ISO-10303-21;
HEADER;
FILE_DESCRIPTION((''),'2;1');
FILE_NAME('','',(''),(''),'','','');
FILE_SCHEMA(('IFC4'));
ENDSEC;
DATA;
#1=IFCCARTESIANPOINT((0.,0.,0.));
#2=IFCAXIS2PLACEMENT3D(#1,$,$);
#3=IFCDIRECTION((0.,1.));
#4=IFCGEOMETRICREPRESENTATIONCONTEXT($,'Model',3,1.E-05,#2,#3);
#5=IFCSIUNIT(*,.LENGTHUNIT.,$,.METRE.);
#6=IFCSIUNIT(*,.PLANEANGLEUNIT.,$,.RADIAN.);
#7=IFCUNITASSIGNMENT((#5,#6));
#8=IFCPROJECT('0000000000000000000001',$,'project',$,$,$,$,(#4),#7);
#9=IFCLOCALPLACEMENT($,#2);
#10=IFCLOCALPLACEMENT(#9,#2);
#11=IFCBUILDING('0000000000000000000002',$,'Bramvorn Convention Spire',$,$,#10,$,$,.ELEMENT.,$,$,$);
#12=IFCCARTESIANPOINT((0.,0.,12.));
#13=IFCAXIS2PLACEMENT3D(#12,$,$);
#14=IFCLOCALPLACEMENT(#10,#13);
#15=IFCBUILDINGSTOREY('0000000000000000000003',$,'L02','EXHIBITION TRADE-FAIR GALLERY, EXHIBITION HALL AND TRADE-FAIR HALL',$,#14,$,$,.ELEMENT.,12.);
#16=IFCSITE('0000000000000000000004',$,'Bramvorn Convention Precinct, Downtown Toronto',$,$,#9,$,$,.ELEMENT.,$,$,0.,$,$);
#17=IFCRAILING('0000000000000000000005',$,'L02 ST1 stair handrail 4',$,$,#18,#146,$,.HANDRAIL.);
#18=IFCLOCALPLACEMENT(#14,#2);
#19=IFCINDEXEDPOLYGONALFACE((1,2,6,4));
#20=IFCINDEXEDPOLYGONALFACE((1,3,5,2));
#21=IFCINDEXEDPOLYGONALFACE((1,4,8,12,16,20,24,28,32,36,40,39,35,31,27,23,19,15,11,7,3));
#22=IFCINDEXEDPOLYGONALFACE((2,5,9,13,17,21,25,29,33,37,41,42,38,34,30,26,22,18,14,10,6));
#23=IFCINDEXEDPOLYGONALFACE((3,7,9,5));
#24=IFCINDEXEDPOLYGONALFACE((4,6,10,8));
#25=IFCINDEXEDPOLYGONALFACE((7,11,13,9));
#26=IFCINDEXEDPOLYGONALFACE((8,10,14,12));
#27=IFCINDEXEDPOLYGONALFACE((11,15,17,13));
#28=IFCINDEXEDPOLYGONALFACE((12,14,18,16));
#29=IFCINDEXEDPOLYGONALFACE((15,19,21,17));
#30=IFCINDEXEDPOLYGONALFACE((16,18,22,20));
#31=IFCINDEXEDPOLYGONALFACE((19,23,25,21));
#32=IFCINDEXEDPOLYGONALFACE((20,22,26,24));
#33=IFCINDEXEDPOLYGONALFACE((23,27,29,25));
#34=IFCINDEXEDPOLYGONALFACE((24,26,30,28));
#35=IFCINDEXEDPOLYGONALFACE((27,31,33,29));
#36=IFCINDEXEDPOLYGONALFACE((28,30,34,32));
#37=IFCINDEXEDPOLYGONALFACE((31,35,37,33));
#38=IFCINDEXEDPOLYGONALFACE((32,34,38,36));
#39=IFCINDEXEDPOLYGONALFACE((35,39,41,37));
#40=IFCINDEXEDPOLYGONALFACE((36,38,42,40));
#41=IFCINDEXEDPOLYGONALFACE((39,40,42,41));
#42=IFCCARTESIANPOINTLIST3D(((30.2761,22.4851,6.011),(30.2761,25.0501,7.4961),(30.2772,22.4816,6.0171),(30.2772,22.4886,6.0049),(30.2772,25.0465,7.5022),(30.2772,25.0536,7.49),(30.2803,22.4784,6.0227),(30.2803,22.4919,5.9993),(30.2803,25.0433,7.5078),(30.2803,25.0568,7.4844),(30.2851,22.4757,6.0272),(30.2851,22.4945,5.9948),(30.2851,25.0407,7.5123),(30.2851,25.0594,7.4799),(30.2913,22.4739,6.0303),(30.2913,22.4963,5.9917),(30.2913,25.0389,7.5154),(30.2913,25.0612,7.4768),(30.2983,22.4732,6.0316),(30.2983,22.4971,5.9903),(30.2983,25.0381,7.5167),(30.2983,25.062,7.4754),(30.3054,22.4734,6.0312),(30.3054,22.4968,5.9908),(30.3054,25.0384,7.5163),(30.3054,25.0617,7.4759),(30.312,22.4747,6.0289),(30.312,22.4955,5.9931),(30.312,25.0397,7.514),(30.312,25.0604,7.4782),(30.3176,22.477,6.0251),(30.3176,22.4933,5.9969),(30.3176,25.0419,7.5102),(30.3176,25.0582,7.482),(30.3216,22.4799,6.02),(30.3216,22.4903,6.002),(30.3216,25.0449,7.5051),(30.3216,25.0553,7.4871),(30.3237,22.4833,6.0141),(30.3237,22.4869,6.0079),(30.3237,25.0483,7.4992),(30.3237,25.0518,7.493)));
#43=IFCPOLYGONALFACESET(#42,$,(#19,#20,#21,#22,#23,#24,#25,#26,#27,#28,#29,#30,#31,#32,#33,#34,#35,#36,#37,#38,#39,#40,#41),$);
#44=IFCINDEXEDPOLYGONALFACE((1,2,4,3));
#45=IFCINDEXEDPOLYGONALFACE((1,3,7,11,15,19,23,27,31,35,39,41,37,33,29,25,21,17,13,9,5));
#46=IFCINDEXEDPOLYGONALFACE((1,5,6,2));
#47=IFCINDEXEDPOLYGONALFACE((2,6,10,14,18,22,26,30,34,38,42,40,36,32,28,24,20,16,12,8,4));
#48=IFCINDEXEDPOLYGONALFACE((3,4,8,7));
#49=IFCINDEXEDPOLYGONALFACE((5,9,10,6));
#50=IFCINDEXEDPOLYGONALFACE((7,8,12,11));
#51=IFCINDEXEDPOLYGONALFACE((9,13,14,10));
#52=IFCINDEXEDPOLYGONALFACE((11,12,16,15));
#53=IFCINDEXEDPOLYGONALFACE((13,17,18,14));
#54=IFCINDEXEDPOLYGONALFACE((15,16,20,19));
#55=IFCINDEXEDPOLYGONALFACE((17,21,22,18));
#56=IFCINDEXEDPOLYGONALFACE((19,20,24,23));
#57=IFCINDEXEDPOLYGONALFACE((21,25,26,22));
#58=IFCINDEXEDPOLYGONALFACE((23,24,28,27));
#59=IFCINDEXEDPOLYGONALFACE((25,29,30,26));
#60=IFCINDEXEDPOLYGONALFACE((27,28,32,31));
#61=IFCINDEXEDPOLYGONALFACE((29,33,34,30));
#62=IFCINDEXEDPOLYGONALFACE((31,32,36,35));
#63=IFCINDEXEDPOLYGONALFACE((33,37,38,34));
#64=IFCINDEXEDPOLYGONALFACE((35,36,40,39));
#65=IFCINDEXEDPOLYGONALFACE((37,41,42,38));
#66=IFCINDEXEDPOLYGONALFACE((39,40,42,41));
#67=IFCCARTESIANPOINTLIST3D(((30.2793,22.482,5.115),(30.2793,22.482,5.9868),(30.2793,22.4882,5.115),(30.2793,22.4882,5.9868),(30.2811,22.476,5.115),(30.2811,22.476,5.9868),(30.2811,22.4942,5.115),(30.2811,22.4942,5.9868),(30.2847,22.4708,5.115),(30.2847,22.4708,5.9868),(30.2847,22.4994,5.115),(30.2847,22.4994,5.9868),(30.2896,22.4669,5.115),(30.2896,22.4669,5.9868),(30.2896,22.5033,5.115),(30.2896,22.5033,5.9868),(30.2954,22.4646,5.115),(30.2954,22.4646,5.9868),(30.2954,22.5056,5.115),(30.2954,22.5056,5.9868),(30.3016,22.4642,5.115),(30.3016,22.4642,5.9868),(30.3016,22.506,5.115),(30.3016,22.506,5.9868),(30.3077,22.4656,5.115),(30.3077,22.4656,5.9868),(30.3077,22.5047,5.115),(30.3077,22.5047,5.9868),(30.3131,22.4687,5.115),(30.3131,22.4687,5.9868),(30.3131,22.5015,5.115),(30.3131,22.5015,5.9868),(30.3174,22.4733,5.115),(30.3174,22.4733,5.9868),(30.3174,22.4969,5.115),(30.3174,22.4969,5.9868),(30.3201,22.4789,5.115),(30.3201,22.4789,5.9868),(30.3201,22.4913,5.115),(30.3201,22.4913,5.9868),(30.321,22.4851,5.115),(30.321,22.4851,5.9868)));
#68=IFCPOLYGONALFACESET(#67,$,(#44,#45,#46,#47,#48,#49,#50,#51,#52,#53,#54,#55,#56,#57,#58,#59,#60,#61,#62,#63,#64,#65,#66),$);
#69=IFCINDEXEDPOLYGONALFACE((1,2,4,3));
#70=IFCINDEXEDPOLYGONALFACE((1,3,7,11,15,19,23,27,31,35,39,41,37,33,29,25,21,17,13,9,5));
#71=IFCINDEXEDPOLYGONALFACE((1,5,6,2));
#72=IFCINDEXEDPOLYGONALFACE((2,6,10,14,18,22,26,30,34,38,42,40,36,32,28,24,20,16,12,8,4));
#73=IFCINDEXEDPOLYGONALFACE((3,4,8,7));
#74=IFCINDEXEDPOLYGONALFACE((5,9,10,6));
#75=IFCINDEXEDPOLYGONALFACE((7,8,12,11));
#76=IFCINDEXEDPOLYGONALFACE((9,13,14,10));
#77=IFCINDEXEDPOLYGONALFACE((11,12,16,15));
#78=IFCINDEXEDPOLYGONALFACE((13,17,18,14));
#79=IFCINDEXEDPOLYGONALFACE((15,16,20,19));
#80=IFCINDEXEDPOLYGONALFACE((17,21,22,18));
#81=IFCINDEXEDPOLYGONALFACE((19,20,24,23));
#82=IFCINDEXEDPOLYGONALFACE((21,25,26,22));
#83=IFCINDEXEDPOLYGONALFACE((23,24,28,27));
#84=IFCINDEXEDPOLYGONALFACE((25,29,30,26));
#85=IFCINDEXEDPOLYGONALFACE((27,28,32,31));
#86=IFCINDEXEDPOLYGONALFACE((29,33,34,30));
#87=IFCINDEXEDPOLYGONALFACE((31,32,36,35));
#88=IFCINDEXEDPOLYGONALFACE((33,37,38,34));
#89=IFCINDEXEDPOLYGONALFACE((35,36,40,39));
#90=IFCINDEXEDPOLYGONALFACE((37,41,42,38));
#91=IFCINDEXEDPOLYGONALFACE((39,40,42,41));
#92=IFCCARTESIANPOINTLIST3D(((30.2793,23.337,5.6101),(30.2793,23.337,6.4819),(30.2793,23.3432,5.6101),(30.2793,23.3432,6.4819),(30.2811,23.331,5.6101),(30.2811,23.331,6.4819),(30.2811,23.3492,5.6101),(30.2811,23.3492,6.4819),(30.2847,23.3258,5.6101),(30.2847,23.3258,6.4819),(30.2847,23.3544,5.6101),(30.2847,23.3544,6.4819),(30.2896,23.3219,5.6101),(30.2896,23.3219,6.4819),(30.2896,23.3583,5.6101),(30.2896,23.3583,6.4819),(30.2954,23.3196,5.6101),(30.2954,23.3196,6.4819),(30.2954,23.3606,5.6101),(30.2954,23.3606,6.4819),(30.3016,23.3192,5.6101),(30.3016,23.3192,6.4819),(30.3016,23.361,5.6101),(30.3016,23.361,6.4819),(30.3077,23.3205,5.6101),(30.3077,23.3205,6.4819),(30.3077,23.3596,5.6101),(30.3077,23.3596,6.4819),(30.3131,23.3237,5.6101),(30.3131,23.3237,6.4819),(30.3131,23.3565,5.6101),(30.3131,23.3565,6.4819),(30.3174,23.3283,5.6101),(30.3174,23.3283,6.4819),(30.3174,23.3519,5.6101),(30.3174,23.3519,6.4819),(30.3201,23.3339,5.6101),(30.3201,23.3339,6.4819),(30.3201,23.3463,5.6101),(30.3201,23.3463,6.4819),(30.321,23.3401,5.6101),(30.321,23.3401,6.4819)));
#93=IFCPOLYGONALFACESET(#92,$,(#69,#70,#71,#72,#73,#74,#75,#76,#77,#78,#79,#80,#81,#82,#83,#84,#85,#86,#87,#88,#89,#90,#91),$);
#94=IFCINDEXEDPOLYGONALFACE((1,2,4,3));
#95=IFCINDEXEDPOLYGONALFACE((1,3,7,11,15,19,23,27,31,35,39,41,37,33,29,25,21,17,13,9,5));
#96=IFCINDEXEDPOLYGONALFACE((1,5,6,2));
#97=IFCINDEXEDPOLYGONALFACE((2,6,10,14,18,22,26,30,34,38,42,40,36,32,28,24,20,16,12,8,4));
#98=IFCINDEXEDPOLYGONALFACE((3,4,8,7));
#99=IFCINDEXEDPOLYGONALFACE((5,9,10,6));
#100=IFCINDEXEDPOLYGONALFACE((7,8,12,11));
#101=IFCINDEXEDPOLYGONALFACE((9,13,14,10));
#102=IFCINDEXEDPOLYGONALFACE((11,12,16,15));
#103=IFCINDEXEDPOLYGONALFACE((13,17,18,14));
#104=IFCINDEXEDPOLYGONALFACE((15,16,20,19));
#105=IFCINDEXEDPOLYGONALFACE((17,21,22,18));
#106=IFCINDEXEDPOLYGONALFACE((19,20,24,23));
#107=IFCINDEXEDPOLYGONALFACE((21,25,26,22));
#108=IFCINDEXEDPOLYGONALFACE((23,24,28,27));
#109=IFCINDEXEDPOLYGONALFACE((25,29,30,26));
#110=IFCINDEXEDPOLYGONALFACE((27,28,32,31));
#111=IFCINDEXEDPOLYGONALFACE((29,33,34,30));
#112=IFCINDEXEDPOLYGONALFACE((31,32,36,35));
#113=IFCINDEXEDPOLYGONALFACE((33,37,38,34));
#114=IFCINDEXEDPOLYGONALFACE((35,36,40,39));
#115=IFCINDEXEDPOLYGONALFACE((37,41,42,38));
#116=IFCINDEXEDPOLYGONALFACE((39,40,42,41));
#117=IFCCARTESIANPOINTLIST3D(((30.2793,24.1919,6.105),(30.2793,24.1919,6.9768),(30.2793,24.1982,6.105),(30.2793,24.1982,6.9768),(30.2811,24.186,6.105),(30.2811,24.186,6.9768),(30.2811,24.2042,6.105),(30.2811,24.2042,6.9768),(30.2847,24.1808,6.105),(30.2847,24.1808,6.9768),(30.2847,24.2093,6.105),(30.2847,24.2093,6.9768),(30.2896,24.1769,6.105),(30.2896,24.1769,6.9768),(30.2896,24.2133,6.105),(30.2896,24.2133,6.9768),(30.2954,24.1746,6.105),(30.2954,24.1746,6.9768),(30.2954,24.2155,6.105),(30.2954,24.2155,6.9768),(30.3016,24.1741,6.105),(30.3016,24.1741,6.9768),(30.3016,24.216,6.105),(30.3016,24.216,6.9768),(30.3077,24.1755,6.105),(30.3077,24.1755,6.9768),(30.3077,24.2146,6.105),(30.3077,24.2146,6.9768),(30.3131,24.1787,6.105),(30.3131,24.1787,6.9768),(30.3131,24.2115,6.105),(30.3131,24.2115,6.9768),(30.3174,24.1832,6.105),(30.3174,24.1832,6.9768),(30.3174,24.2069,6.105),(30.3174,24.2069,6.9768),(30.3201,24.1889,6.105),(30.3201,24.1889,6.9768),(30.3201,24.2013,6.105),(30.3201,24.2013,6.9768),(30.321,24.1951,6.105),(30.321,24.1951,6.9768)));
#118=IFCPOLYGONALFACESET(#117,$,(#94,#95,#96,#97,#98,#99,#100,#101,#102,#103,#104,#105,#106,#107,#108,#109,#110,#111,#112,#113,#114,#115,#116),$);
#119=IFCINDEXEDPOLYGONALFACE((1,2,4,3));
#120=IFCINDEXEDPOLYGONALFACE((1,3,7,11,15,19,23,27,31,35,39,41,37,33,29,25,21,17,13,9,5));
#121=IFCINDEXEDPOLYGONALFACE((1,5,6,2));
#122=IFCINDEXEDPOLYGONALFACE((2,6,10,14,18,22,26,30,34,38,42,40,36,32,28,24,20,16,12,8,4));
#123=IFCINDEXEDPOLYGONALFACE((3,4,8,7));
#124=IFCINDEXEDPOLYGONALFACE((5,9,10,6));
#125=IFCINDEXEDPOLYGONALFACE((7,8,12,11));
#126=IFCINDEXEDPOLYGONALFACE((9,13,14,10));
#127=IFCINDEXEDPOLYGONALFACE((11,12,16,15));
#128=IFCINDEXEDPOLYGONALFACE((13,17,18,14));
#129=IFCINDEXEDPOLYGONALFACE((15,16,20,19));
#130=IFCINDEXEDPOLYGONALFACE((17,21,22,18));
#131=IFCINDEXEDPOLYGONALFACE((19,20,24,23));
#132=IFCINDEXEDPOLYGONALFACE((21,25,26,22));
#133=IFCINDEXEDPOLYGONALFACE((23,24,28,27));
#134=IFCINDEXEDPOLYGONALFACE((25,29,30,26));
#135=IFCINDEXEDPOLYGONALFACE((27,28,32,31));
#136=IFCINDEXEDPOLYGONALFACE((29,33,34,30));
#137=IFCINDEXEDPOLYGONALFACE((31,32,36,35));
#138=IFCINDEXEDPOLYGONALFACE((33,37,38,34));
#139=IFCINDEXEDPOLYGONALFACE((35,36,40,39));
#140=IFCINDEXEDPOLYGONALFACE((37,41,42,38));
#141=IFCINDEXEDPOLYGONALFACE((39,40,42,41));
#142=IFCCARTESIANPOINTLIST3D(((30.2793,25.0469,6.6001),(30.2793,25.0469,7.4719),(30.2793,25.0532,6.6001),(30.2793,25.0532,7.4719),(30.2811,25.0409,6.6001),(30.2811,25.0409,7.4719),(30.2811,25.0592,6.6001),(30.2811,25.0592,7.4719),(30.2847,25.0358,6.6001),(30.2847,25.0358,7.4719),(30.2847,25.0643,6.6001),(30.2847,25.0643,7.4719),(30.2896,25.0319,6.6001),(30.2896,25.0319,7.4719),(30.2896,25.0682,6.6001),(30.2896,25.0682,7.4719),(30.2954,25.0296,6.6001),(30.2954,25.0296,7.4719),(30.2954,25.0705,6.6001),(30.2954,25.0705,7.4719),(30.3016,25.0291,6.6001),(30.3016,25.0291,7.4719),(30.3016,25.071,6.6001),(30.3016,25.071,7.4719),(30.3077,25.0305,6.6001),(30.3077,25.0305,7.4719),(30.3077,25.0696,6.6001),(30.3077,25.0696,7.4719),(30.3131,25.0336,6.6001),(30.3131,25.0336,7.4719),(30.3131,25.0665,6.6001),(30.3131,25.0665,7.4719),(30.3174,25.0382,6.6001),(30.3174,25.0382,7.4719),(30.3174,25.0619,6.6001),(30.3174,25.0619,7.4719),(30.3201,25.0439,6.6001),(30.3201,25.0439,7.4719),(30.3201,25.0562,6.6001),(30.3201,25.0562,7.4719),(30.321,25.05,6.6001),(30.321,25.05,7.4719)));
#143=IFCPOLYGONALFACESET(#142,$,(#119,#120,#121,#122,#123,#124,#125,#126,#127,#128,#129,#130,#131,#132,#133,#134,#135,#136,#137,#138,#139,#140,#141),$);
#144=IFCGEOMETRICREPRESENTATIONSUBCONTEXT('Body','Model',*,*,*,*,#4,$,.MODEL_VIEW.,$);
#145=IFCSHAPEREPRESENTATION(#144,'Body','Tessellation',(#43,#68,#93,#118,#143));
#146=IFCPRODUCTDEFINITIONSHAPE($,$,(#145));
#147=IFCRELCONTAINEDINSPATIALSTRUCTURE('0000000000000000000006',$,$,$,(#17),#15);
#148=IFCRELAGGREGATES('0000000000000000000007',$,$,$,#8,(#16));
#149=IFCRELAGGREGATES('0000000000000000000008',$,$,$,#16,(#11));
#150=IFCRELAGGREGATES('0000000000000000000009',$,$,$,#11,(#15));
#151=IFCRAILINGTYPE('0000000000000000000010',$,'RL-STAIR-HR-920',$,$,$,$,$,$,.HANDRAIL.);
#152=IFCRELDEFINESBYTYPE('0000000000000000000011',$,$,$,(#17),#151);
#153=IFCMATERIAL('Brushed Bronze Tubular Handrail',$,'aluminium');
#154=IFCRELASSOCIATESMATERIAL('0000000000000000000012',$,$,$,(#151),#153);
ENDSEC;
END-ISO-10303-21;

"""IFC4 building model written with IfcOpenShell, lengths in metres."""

from ifc_helpers import new_model, si_unit, direction, frame, origin, origin_2d, place, context, subcontext, project, spatial, circle, extrude, material, type_object, element, save


model = new_model("IFC4")

# Units and contexts
model_context = context("Model", 3, precision=1e-05, world=origin(), true_north=direction((0.0, 1.0)))
body_context = subcontext(model_context, "Body", "Model", "MODEL_VIEW")
ifc_project = project(units=[si_unit("LENGTHUNIT", "METRE"), si_unit("PLANEANGLEUNIT", "RADIAN")], contexts=[model_context])

# Site, building, storey
site_placement = place(None, origin())
site = spatial("IfcSite", under=ifc_project, at=site_placement, Name="Bramvorn Convention Precinct, Downtown Toronto", CompositionType="ELEMENT", RefElevation=0.0)
building_placement = place(site_placement, origin())
building = spatial("IfcBuilding", under=site, at=building_placement, Name="Bramvorn Convention Spire", CompositionType="ELEMENT")
storey_placement = place(building_placement, frame((0.0, 0.0, 12.0)))
storey = spatial("IfcBuildingStorey", under=building, at=storey_placement, Name="L02", Description="EXHIBITION TRADE-FAIR GALLERY, EXHIBITION HALL AND TRADE-FAIR HALL", CompositionType="ELEMENT", Elevation=12.0)

# Railing
ifc_material_1 = material(Name="Brushed Bronze Tubular Handrail", Category="aluminium")
railing_type_1 = type_object("IfcRailingType", Name="RL-STAIR-HR-920", PredefinedType="HANDRAIL", material=ifc_material_1)
railing_1_placement = place(storey_placement, frame((30.3, 22.4851, 5.115)))
element("IfcRailing", 1, at=railing_1_placement, inside=storey, type_object=railing_type_1, Name="L02 ST1 stair handrail 4", PredefinedType="HANDRAIL", context=body_context, shape_type="SweptSolid", body=[
    extrude(circle(Radius=0.0239, at=origin_2d()), frame((0.0, 0.0, 0.896), z_axis=(0.0, 0.865406, 0.501072), x_axis=(-1.0, 0.0, 0.0)), (0.0, 0.0, 1.0), 2.9639),
    extrude(circle(Radius=0.021, at=origin_2d()), origin(), (0.0, 0.0, 1.0), 0.8718),
    extrude(circle(Radius=0.021, at=origin_2d()), frame((0.0, 0.855, 0.4951)), (0.0, 0.0, 1.0), 0.8718),
    extrude(circle(Radius=0.021, at=origin_2d()), frame((0.0, 1.71, 0.99)), (0.0, 0.0, 1.0), 0.8718),
    extrude(circle(Radius=0.021, at=origin_2d()), frame((0.0, 2.5649, 1.4851)), (0.0, 0.0, 1.0), 0.8718),
])

save(model, "model.ifc")
